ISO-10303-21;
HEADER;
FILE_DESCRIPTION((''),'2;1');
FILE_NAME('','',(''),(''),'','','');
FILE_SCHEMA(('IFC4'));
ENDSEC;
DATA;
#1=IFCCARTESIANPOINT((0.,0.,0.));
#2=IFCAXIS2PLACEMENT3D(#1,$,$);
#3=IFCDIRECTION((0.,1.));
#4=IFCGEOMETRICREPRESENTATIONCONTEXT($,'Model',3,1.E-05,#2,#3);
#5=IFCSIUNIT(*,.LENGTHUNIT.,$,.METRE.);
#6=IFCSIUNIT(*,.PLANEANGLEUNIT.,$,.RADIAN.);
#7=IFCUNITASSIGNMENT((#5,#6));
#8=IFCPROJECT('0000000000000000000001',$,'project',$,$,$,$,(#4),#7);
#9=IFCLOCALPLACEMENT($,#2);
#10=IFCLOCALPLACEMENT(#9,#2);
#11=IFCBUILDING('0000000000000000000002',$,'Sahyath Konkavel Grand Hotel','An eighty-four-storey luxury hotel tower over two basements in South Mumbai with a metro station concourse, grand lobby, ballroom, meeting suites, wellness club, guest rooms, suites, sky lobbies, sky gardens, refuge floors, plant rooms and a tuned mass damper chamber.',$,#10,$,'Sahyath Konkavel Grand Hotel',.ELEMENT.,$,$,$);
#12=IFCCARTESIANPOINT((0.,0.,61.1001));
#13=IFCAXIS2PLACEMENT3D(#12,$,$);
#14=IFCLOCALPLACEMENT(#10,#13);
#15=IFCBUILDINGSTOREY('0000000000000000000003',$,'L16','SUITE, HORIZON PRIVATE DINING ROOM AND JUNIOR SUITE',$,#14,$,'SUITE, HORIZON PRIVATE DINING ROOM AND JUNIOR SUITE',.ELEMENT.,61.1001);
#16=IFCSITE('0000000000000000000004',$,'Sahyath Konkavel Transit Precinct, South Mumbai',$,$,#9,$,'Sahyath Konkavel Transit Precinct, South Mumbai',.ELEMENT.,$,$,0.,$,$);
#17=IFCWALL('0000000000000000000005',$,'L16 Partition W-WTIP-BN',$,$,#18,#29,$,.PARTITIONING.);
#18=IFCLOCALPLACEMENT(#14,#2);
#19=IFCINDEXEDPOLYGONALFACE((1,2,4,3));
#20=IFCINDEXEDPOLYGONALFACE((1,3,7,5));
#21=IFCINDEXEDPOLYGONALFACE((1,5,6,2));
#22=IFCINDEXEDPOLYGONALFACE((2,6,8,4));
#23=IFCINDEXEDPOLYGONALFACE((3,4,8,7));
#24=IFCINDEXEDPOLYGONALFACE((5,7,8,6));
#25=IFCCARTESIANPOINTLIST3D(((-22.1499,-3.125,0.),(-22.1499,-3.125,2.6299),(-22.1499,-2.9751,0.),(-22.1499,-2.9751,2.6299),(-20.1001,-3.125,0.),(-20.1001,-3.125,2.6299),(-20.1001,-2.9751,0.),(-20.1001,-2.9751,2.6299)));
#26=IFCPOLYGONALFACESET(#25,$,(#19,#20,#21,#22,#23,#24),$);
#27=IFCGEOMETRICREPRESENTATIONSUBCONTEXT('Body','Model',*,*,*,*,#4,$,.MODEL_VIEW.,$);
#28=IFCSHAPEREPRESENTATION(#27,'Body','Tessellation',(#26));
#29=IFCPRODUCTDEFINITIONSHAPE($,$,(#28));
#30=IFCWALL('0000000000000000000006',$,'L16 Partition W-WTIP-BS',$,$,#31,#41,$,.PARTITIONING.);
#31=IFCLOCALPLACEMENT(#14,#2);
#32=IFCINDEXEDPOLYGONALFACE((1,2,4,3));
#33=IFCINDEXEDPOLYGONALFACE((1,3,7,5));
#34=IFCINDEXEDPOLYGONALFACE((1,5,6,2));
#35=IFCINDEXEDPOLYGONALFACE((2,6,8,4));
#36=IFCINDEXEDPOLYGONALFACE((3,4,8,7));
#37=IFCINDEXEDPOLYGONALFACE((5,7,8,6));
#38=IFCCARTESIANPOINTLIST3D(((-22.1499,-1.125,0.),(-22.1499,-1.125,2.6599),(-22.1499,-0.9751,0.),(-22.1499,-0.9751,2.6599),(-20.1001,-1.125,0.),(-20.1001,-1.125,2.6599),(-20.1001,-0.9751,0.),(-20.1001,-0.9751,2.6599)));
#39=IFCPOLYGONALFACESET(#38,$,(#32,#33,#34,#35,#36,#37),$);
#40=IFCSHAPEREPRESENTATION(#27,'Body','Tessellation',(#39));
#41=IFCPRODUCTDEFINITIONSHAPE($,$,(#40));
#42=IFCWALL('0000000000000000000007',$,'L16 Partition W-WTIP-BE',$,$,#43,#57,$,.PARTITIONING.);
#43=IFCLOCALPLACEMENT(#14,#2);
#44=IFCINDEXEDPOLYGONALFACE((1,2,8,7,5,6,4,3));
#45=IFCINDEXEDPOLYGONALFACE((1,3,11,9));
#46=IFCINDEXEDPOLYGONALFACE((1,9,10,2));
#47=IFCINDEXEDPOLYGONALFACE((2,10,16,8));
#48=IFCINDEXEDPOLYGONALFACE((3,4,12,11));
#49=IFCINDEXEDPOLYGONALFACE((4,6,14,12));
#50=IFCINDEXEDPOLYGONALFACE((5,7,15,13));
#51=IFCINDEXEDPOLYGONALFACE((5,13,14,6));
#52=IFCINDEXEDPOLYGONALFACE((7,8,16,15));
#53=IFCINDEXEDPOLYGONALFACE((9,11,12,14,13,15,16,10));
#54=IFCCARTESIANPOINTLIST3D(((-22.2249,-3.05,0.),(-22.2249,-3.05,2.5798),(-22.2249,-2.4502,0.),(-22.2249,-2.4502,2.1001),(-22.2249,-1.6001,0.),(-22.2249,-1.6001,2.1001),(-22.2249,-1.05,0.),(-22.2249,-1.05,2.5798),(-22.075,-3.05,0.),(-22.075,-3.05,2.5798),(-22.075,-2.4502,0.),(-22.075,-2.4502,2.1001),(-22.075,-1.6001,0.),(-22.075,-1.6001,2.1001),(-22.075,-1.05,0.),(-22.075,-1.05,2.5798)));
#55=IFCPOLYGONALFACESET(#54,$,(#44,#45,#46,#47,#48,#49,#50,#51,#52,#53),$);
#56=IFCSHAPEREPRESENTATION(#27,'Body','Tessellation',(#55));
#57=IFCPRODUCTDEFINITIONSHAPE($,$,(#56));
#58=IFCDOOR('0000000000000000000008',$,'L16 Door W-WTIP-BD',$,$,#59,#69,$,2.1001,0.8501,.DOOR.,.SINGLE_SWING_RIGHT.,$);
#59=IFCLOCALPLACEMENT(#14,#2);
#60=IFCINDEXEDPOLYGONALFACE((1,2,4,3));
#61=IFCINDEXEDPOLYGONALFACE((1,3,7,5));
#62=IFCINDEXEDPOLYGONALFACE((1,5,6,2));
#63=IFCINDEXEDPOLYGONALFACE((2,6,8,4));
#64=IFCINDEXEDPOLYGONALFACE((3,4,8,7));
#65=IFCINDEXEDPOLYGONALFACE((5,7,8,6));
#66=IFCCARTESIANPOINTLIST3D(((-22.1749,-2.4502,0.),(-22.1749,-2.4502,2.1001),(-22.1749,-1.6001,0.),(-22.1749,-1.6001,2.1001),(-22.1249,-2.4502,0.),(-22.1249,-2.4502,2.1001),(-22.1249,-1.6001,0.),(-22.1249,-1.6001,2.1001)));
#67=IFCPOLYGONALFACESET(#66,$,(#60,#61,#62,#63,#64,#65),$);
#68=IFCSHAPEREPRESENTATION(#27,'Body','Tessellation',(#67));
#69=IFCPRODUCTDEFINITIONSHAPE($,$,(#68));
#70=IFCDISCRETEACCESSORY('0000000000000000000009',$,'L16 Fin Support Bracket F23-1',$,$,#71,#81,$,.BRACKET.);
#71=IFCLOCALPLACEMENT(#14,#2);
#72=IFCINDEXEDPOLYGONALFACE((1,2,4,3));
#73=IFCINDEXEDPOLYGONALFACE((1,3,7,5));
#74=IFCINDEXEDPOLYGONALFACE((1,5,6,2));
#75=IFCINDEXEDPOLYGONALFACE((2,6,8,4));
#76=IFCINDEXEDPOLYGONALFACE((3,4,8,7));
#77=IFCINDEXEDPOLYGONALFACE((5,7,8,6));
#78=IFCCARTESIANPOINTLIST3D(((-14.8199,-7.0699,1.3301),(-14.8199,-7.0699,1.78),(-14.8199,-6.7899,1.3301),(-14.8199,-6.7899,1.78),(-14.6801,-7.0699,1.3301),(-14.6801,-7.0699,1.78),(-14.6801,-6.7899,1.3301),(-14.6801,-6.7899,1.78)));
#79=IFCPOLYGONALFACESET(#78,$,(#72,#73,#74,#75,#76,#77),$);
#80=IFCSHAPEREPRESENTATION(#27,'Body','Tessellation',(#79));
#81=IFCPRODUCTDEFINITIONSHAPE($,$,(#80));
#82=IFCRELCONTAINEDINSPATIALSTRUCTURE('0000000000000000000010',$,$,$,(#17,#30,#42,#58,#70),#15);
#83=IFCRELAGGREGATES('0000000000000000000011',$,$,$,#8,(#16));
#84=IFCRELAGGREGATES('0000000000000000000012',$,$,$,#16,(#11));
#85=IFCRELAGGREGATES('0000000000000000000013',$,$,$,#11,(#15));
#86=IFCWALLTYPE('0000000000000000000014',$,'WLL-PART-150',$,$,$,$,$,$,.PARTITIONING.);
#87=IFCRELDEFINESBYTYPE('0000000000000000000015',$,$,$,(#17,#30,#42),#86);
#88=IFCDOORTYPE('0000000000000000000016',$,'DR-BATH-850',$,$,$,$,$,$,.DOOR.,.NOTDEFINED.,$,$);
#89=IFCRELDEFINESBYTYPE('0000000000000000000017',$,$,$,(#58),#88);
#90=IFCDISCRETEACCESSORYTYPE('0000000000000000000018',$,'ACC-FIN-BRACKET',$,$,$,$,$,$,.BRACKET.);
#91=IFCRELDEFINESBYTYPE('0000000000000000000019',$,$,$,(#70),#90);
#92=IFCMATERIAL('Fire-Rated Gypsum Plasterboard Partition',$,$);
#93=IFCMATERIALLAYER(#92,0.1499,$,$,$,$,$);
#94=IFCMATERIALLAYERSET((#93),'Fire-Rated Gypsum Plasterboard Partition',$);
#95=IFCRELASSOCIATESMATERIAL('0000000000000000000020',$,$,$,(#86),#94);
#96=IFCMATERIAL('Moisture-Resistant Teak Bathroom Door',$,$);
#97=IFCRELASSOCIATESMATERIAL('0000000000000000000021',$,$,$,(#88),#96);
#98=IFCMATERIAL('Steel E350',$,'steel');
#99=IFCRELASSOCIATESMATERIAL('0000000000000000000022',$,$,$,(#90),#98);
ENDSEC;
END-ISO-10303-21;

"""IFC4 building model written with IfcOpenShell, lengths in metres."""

from ifc_helpers import new_model, si_unit, direction, frame, frame_2d, origin, origin_2d, place, context, subcontext, project, spatial, rectangle, extrude, source, transform, mapped, material, layer, layer_set, type_object, element, fill, save


model = new_model("IFC4")

# Units and contexts
model_context = context("Model", 3, precision=1e-05, world=origin(), true_north=direction((0.0, 1.0)))
body_context = subcontext(model_context, "Body", "Model", "MODEL_VIEW")
ifc_project = project(units=[si_unit("LENGTHUNIT", "METRE"), si_unit("PLANEANGLEUNIT", "RADIAN")], contexts=[model_context])

# Site, building, storey
site_placement = place(None, origin())
site = spatial("IfcSite", under=ifc_project, at=site_placement, Name="Sahyath Konkavel Transit Precinct, South Mumbai", LongName="Sahyath Konkavel Transit Precinct, South Mumbai", CompositionType="ELEMENT", RefElevation=0.0)
building_placement = place(site_placement, origin())
building = spatial("IfcBuilding", under=site, at=building_placement, Name="Sahyath Konkavel Grand Hotel", Description="An eighty-four-storey luxury hotel tower over two basements in South Mumbai with a metro station concourse, grand lobby, ballroom, meeting suites, wellness club, guest rooms, suites, sky lobbies, sky gardens, refuge floors, plant rooms and a tuned mass damper chamber.", LongName="Sahyath Konkavel Grand Hotel", CompositionType="ELEMENT")
storey_placement = place(building_placement, frame((0.0, 0.0, 61.1001)))
storey = spatial("IfcBuildingStorey", under=building, at=storey_placement, Name="L16", Description="SUITE, HORIZON PRIVATE DINING ROOM AND JUNIOR SUITE", LongName="SUITE, HORIZON PRIVATE DINING ROOM AND JUNIOR SUITE", CompositionType="ELEMENT", Elevation=61.1001)

# Shared definitions
ifc_material_1 = material(Name="Steel E350", Category="steel")

# Walls
ifc_material_2 = material(Name="Fire-Rated Gypsum Plasterboard Partition")
ifc_layer_1 = layer(ifc_material_2, 0.1499)
ifc_layer_set_1 = layer_set([ifc_layer_1], Name="Fire-Rated Gypsum Plasterboard Partition")
wall_type_1 = type_object("IfcWallType", Name="WLL-PART-150", PredefinedType="PARTITIONING", material=ifc_layer_set_1)
wall_1_placement = place(storey_placement, frame((-20.1001, -3.05, 0.0), z_axis=(0.0, 0.0, 1.0), x_axis=(-1.0, 0.0, 0.0)))
element("IfcWall", 1, at=wall_1_placement, inside=storey, type_object=wall_type_1, Name="L16 Partition W-WTIP-BN", PredefinedType="PARTITIONING", context=body_context, shape_type="SweptSolid", body=[
    extrude(rectangle(XDim=2.0498, YDim=0.1499, at=frame_2d((1.0249, 0.0))), origin(), (0.0, 0.0, 1.0), 2.6299),
])
wall_2_placement = place(storey_placement, frame((-20.1001, -1.05, 0.0), z_axis=(0.0, 0.0, 1.0), x_axis=(-1.0, 0.0, 0.0)))
element("IfcWall", 2, at=wall_2_placement, inside=storey, type_object=wall_type_1, Name="L16 Partition W-WTIP-BS", PredefinedType="PARTITIONING", context=body_context, shape_type="SweptSolid", body=[
    extrude(rectangle(XDim=2.0498, YDim=0.1499, at=frame_2d((1.0249, 0.0))), origin(), (0.0, 0.0, 1.0), 2.6599),
])

# Wall, opening, door
wall_3_placement = place(storey_placement, frame((-22.1499, -1.05, 0.0), z_axis=(0.0, 0.0, 1.0), x_axis=(0.0, -1.0, 0.0)))
wall_3 = element("IfcWall", 3, at=wall_3_placement, inside=storey, type_object=wall_type_1, Name="L16 Partition W-WTIP-BE", PredefinedType="PARTITIONING", context=body_context, shape_type="SweptSolid", body=[
    extrude(rectangle(XDim=2.0, YDim=0.1499, at=frame_2d((1.0, 0.0))), origin(), (0.0, 0.0, 1.0), 2.5798),
])
opening_placement = place(wall_3_placement, frame((0.55, 0.0, 0.0)))
opening = element("IfcOpeningElement", 4, at=opening_placement, cuts=wall_3, PredefinedType="OPENING", context=body_context, shape_type="SweptSolid", body=[
    extrude(rectangle(XDim=0.8501, YDim=2.1001, at=frame_2d((0.425, 1.05))), frame((0.0, 0.085, 0.0), z_axis=(0.0, -1.0, 0.0), x_axis=(1.0, 0.0, 0.0)), (0.0, 0.0, 1.0), 0.1699),
])
ifc_material_3 = material(Name="Moisture-Resistant Teak Bathroom Door")
door_type = type_object("IfcDoorType", Name="DR-BATH-850", OperationType="NOTDEFINED", PredefinedType="DOOR", material=ifc_material_3)
shared_shape_1 = source(origin(), body_context, "Body", "SweptSolid", [
    extrude(rectangle(XDim=0.8501, YDim=0.05, at=origin_2d()), origin(), (0.0, 0.0, 1.0), 2.1001),
])
door_placement = place(opening_placement, frame((0.425, 0.0, 0.0)))
door = element("IfcDoor", 5, at=door_placement, inside=storey, type_object=door_type, Name="L16 Door W-WTIP-BD", OperationType="SINGLE_SWING_RIGHT", OverallHeight=2.1001, OverallWidth=0.8501, PredefinedType="DOOR", context=body_context, shape_type="MappedRepresentation", body=[
    mapped(shared_shape_1, transform((0.0, 0.0, 0.0), scale=1.0)),
])
fill(opening, door)

# Discrete accessory
discrete_accessory_type = type_object("IfcDiscreteAccessoryType", Name="ACC-FIN-BRACKET", PredefinedType="BRACKET", material=ifc_material_1)
shared_shape_2 = source(origin(), body_context, "Body", "SweptSolid", [
    extrude(rectangle(XDim=0.28, YDim=0.1399, at=origin_2d()), origin(), (0.0, 0.0, 1.0), 0.45),
])
discrete_accessory_placement = place(storey_placement, frame((-14.75, -6.9299, 1.3301), z_axis=(0.0, 0.0, 1.0), x_axis=(0.0, -1.0, 0.0)))
element("IfcDiscreteAccessory", 6, at=discrete_accessory_placement, inside=storey, type_object=discrete_accessory_type, Name="L16 Fin Support Bracket F23-1", PredefinedType="BRACKET", context=body_context, shape_type="MappedRepresentation", body=[
    mapped(shared_shape_2, transform((0.0, 0.0, 0.0), scale=1.0)),
])

save(model, "model.ifc")
